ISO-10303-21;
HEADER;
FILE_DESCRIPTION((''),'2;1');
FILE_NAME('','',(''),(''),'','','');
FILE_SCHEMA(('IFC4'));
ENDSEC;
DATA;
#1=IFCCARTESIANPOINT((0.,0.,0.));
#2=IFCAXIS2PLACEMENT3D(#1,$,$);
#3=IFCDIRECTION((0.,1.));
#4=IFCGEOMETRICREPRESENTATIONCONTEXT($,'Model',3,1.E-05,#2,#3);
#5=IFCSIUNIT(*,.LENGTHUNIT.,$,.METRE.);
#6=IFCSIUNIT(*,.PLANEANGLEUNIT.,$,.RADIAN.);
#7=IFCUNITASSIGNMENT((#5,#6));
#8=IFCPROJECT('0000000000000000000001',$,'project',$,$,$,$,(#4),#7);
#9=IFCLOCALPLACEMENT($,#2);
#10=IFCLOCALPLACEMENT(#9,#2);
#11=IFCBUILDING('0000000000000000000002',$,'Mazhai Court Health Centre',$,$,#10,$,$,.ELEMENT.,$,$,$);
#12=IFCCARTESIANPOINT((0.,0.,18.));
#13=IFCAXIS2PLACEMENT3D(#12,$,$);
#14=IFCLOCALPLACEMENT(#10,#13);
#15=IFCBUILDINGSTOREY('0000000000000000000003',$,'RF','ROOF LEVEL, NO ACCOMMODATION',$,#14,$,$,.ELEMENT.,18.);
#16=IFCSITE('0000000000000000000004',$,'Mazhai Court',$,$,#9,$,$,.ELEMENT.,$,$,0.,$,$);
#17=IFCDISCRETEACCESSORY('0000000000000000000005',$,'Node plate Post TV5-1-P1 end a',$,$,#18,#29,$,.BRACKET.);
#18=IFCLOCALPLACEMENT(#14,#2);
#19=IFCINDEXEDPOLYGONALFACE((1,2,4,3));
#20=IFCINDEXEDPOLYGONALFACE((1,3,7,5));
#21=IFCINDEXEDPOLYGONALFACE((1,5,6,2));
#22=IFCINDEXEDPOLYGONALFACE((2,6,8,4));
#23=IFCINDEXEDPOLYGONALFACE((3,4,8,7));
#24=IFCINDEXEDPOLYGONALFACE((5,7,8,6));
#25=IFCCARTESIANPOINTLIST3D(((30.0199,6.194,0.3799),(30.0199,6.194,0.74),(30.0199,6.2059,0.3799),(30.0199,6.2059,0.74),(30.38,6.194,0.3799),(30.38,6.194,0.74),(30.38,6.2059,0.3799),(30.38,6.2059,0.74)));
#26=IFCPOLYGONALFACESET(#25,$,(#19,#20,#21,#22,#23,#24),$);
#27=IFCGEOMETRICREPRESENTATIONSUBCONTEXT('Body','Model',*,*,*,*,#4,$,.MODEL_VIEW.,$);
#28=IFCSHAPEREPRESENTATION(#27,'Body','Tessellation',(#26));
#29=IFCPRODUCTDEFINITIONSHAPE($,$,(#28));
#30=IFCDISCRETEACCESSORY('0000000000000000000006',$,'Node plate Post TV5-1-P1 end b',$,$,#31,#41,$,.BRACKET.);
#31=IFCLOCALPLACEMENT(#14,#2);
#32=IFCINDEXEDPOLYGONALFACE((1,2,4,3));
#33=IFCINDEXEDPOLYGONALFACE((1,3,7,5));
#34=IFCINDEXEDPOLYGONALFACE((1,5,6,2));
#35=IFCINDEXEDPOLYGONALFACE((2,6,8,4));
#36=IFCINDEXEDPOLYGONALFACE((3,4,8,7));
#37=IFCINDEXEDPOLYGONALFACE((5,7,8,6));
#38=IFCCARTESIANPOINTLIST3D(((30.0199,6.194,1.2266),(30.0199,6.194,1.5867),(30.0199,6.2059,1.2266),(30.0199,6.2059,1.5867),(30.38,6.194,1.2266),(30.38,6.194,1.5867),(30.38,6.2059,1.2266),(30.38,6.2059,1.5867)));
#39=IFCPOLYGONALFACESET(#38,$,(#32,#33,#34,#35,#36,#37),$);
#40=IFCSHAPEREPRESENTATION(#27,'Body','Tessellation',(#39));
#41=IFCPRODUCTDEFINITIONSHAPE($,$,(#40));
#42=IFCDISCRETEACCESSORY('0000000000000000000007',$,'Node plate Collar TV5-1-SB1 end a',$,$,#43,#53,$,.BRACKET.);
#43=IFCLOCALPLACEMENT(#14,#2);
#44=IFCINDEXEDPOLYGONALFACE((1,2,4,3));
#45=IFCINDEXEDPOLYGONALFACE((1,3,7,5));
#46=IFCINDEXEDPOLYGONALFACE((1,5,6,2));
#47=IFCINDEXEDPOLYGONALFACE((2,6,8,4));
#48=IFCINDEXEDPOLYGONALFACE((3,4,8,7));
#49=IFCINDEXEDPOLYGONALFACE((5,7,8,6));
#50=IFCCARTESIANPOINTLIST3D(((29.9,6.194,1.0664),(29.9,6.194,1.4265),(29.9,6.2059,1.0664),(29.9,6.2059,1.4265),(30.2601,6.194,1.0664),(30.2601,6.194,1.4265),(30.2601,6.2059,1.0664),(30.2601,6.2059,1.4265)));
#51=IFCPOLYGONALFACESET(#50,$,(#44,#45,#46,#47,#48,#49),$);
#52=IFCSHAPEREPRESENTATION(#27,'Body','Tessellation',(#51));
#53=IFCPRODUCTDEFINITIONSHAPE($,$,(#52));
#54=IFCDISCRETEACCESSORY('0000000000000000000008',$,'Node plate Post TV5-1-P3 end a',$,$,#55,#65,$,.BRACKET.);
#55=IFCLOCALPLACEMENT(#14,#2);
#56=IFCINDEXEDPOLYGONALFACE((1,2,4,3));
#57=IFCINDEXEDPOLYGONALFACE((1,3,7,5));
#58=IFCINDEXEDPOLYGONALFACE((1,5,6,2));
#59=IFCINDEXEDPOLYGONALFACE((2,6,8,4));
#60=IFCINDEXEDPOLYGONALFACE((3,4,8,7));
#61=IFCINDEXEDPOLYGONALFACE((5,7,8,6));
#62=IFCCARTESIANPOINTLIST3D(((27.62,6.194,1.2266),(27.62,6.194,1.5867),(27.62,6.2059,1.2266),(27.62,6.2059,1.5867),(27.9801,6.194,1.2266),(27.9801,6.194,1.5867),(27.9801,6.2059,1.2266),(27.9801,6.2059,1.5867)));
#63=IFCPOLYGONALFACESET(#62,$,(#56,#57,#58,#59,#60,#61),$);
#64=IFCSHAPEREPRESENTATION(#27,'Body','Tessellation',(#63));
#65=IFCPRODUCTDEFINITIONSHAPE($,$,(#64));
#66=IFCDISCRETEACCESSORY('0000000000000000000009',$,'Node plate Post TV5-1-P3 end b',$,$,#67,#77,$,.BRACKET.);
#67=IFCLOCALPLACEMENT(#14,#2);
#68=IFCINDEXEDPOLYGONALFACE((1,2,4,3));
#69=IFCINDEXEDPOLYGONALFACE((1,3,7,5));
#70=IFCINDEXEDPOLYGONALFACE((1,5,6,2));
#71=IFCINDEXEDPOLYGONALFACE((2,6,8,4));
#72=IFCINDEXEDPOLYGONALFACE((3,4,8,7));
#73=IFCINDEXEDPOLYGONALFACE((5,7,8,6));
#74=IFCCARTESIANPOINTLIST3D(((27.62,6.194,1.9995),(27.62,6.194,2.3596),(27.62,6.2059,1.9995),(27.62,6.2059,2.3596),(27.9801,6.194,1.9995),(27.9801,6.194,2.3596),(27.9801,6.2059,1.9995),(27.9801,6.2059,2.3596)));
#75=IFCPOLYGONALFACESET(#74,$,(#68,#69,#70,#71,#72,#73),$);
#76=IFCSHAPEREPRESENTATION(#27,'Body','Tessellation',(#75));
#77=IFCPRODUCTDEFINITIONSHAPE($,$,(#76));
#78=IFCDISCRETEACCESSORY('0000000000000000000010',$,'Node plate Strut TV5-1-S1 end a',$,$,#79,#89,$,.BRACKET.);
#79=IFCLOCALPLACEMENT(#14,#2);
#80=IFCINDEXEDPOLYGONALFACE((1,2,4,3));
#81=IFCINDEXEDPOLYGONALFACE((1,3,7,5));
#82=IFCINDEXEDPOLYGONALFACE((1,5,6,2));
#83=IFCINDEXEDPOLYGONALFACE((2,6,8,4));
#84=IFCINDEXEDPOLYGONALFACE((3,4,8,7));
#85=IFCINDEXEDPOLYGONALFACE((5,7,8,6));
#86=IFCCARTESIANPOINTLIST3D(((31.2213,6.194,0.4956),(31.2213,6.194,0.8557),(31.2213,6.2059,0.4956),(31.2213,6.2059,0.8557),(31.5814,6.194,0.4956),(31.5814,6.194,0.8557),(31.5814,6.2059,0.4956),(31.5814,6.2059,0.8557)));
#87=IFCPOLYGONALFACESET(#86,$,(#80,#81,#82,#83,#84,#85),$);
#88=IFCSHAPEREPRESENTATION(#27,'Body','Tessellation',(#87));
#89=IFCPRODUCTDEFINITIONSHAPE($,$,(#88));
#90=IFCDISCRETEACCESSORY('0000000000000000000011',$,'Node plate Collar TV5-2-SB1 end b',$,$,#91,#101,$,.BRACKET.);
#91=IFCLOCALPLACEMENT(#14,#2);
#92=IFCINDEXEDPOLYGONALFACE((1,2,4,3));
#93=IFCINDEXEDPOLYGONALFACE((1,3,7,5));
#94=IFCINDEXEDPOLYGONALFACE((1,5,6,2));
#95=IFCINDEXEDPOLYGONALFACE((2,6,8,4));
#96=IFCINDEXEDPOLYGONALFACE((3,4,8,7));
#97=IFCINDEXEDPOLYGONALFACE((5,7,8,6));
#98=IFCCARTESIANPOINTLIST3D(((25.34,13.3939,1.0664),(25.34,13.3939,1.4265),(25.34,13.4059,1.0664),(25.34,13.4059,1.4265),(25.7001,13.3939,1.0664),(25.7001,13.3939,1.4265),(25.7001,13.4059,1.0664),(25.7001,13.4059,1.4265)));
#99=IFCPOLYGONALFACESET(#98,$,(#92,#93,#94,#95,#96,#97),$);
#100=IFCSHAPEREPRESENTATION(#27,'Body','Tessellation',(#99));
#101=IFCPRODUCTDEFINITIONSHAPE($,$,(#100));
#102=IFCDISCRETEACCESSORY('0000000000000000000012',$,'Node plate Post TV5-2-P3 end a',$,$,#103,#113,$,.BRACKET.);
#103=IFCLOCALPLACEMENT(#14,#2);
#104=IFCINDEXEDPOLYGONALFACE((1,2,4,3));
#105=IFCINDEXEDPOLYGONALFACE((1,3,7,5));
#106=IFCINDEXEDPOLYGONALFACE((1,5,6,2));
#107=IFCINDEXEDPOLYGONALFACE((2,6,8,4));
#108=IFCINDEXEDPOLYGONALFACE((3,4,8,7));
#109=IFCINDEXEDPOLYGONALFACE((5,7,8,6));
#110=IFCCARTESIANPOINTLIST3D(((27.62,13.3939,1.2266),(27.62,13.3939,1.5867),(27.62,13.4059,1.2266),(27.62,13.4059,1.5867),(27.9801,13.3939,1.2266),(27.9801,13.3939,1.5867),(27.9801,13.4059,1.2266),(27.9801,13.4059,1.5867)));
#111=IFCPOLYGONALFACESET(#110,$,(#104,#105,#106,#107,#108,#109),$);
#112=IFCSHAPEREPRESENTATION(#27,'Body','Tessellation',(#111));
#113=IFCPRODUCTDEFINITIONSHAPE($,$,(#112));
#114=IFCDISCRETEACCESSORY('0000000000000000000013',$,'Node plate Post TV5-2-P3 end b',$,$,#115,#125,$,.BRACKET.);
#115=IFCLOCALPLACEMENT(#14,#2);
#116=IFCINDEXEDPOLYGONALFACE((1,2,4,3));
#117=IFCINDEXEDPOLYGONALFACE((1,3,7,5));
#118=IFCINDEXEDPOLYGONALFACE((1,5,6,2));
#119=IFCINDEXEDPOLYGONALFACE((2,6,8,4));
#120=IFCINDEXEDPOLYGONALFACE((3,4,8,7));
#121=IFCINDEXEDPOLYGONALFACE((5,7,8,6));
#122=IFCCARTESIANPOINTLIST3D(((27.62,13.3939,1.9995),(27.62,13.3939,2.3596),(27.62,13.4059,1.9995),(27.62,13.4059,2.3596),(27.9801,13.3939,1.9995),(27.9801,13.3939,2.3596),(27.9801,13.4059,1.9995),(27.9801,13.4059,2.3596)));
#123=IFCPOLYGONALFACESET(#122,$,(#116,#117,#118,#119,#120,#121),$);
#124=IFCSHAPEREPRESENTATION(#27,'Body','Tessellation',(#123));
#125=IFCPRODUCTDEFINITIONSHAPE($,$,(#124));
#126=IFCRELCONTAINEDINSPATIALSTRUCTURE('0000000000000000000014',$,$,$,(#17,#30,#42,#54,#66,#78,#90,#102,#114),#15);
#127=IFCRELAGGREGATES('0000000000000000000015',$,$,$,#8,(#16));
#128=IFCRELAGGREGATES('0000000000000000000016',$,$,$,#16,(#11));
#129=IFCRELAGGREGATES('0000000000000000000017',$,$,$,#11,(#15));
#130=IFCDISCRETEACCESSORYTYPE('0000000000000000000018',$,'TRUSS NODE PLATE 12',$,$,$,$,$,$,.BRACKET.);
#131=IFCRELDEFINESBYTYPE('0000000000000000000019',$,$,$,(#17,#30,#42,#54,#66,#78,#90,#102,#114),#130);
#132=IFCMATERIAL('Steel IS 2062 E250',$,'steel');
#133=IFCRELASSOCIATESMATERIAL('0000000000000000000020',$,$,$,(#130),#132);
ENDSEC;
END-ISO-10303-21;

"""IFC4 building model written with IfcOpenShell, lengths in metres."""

from ifc_helpers import new_model, si_unit, direction, frame, origin, origin_2d, place, context, subcontext, project, spatial, rectangle, extrude, material, type_object, element, save


model = new_model("IFC4")

# Units and contexts
model_context = context("Model", 3, precision=1e-05, world=origin(), true_north=direction((0.0, 1.0)))
body_context = subcontext(model_context, "Body", "Model", "MODEL_VIEW")
ifc_project = project(units=[si_unit("LENGTHUNIT", "METRE"), si_unit("PLANEANGLEUNIT", "RADIAN")], contexts=[model_context])

# Site, building, storey
site_placement = place(None, origin())
site = spatial("IfcSite", under=ifc_project, at=site_placement, Name="Mazhai Court", CompositionType="ELEMENT", RefElevation=0.0)
building_placement = place(site_placement, origin())
building = spatial("IfcBuilding", under=site, at=building_placement, Name="Mazhai Court Health Centre", CompositionType="ELEMENT")
storey_placement = place(building_placement, frame((0.0, 0.0, 18.0)))
storey = spatial("IfcBuildingStorey", under=building, at=storey_placement, Name="RF", Description="ROOF LEVEL, NO ACCOMMODATION", CompositionType="ELEMENT", Elevation=18.0)

# Discrete accessories
ifc_material_1 = material(Name="Steel IS 2062 E250", Category="steel")
discrete_accessory_type = type_object("IfcDiscreteAccessoryType", Name="TRUSS NODE PLATE 12", PredefinedType="BRACKET", material=ifc_material_1)
for number, where, z_axis, x_axis, name in (
    (1, (30.2, 6.2, 0.3799), (0.0, 0.0, 1.0), (1.0, 0.0, 0.0), "Node plate Post TV5-1-P1 end a"),
    (2, (30.2, 6.2, 1.2266), (0.0, 0.0, 1.0), (1.0, 0.0, 0.0), "Node plate Post TV5-1-P1 end b"),
    (3, (30.0801, 6.2, 1.0664), (0.0, 0.0, 1.0), (1.0, 0.0, 0.0), "Node plate Collar TV5-1-SB1 end a"),
    (4, (27.8, 6.2, 1.2266), (0.0, 0.0, 1.0), (1.0, 0.0, 0.0), "Node plate Post TV5-1-P3 end a"),
    (5, (27.8, 6.2, 1.9995), (0.0, 0.0, 1.0), (1.0, 0.0, 0.0), "Node plate Post TV5-1-P3 end b"),
    (6, (31.4014, 6.2, 0.4956), (0.0, 0.0, 1.0), (1.0, 0.0, 0.0), "Node plate Strut TV5-1-S1 end a"),
    (7, (25.52, 13.3999, 1.0664), (0.0, 0.0, 1.0), (1.0, 0.0, 0.0), "Node plate Collar TV5-2-SB1 end b"),
    (8, (27.8, 13.3999, 1.2266), (0.0, 0.0, 1.0), (1.0, 0.0, 0.0), "Node plate Post TV5-2-P3 end a"),
    (9, (27.8, 13.3999, 1.9995), (0.0, 0.0, 1.0), (1.0, 0.0, 0.0), "Node plate Post TV5-2-P3 end b"),
):
    element("IfcDiscreteAccessory", number, at=place(storey_placement, frame(where, z_axis=z_axis, x_axis=x_axis)), inside=storey, type_object=discrete_accessory_type, Name=name, PredefinedType="BRACKET", context=body_context, shape_type="SweptSolid", body=[
        extrude(rectangle(XDim=0.3601, YDim=0.012, at=origin_2d()), origin(), (0.0, 0.0, 1.0), 0.3601),
    ])

save(model, "model.ifc")
